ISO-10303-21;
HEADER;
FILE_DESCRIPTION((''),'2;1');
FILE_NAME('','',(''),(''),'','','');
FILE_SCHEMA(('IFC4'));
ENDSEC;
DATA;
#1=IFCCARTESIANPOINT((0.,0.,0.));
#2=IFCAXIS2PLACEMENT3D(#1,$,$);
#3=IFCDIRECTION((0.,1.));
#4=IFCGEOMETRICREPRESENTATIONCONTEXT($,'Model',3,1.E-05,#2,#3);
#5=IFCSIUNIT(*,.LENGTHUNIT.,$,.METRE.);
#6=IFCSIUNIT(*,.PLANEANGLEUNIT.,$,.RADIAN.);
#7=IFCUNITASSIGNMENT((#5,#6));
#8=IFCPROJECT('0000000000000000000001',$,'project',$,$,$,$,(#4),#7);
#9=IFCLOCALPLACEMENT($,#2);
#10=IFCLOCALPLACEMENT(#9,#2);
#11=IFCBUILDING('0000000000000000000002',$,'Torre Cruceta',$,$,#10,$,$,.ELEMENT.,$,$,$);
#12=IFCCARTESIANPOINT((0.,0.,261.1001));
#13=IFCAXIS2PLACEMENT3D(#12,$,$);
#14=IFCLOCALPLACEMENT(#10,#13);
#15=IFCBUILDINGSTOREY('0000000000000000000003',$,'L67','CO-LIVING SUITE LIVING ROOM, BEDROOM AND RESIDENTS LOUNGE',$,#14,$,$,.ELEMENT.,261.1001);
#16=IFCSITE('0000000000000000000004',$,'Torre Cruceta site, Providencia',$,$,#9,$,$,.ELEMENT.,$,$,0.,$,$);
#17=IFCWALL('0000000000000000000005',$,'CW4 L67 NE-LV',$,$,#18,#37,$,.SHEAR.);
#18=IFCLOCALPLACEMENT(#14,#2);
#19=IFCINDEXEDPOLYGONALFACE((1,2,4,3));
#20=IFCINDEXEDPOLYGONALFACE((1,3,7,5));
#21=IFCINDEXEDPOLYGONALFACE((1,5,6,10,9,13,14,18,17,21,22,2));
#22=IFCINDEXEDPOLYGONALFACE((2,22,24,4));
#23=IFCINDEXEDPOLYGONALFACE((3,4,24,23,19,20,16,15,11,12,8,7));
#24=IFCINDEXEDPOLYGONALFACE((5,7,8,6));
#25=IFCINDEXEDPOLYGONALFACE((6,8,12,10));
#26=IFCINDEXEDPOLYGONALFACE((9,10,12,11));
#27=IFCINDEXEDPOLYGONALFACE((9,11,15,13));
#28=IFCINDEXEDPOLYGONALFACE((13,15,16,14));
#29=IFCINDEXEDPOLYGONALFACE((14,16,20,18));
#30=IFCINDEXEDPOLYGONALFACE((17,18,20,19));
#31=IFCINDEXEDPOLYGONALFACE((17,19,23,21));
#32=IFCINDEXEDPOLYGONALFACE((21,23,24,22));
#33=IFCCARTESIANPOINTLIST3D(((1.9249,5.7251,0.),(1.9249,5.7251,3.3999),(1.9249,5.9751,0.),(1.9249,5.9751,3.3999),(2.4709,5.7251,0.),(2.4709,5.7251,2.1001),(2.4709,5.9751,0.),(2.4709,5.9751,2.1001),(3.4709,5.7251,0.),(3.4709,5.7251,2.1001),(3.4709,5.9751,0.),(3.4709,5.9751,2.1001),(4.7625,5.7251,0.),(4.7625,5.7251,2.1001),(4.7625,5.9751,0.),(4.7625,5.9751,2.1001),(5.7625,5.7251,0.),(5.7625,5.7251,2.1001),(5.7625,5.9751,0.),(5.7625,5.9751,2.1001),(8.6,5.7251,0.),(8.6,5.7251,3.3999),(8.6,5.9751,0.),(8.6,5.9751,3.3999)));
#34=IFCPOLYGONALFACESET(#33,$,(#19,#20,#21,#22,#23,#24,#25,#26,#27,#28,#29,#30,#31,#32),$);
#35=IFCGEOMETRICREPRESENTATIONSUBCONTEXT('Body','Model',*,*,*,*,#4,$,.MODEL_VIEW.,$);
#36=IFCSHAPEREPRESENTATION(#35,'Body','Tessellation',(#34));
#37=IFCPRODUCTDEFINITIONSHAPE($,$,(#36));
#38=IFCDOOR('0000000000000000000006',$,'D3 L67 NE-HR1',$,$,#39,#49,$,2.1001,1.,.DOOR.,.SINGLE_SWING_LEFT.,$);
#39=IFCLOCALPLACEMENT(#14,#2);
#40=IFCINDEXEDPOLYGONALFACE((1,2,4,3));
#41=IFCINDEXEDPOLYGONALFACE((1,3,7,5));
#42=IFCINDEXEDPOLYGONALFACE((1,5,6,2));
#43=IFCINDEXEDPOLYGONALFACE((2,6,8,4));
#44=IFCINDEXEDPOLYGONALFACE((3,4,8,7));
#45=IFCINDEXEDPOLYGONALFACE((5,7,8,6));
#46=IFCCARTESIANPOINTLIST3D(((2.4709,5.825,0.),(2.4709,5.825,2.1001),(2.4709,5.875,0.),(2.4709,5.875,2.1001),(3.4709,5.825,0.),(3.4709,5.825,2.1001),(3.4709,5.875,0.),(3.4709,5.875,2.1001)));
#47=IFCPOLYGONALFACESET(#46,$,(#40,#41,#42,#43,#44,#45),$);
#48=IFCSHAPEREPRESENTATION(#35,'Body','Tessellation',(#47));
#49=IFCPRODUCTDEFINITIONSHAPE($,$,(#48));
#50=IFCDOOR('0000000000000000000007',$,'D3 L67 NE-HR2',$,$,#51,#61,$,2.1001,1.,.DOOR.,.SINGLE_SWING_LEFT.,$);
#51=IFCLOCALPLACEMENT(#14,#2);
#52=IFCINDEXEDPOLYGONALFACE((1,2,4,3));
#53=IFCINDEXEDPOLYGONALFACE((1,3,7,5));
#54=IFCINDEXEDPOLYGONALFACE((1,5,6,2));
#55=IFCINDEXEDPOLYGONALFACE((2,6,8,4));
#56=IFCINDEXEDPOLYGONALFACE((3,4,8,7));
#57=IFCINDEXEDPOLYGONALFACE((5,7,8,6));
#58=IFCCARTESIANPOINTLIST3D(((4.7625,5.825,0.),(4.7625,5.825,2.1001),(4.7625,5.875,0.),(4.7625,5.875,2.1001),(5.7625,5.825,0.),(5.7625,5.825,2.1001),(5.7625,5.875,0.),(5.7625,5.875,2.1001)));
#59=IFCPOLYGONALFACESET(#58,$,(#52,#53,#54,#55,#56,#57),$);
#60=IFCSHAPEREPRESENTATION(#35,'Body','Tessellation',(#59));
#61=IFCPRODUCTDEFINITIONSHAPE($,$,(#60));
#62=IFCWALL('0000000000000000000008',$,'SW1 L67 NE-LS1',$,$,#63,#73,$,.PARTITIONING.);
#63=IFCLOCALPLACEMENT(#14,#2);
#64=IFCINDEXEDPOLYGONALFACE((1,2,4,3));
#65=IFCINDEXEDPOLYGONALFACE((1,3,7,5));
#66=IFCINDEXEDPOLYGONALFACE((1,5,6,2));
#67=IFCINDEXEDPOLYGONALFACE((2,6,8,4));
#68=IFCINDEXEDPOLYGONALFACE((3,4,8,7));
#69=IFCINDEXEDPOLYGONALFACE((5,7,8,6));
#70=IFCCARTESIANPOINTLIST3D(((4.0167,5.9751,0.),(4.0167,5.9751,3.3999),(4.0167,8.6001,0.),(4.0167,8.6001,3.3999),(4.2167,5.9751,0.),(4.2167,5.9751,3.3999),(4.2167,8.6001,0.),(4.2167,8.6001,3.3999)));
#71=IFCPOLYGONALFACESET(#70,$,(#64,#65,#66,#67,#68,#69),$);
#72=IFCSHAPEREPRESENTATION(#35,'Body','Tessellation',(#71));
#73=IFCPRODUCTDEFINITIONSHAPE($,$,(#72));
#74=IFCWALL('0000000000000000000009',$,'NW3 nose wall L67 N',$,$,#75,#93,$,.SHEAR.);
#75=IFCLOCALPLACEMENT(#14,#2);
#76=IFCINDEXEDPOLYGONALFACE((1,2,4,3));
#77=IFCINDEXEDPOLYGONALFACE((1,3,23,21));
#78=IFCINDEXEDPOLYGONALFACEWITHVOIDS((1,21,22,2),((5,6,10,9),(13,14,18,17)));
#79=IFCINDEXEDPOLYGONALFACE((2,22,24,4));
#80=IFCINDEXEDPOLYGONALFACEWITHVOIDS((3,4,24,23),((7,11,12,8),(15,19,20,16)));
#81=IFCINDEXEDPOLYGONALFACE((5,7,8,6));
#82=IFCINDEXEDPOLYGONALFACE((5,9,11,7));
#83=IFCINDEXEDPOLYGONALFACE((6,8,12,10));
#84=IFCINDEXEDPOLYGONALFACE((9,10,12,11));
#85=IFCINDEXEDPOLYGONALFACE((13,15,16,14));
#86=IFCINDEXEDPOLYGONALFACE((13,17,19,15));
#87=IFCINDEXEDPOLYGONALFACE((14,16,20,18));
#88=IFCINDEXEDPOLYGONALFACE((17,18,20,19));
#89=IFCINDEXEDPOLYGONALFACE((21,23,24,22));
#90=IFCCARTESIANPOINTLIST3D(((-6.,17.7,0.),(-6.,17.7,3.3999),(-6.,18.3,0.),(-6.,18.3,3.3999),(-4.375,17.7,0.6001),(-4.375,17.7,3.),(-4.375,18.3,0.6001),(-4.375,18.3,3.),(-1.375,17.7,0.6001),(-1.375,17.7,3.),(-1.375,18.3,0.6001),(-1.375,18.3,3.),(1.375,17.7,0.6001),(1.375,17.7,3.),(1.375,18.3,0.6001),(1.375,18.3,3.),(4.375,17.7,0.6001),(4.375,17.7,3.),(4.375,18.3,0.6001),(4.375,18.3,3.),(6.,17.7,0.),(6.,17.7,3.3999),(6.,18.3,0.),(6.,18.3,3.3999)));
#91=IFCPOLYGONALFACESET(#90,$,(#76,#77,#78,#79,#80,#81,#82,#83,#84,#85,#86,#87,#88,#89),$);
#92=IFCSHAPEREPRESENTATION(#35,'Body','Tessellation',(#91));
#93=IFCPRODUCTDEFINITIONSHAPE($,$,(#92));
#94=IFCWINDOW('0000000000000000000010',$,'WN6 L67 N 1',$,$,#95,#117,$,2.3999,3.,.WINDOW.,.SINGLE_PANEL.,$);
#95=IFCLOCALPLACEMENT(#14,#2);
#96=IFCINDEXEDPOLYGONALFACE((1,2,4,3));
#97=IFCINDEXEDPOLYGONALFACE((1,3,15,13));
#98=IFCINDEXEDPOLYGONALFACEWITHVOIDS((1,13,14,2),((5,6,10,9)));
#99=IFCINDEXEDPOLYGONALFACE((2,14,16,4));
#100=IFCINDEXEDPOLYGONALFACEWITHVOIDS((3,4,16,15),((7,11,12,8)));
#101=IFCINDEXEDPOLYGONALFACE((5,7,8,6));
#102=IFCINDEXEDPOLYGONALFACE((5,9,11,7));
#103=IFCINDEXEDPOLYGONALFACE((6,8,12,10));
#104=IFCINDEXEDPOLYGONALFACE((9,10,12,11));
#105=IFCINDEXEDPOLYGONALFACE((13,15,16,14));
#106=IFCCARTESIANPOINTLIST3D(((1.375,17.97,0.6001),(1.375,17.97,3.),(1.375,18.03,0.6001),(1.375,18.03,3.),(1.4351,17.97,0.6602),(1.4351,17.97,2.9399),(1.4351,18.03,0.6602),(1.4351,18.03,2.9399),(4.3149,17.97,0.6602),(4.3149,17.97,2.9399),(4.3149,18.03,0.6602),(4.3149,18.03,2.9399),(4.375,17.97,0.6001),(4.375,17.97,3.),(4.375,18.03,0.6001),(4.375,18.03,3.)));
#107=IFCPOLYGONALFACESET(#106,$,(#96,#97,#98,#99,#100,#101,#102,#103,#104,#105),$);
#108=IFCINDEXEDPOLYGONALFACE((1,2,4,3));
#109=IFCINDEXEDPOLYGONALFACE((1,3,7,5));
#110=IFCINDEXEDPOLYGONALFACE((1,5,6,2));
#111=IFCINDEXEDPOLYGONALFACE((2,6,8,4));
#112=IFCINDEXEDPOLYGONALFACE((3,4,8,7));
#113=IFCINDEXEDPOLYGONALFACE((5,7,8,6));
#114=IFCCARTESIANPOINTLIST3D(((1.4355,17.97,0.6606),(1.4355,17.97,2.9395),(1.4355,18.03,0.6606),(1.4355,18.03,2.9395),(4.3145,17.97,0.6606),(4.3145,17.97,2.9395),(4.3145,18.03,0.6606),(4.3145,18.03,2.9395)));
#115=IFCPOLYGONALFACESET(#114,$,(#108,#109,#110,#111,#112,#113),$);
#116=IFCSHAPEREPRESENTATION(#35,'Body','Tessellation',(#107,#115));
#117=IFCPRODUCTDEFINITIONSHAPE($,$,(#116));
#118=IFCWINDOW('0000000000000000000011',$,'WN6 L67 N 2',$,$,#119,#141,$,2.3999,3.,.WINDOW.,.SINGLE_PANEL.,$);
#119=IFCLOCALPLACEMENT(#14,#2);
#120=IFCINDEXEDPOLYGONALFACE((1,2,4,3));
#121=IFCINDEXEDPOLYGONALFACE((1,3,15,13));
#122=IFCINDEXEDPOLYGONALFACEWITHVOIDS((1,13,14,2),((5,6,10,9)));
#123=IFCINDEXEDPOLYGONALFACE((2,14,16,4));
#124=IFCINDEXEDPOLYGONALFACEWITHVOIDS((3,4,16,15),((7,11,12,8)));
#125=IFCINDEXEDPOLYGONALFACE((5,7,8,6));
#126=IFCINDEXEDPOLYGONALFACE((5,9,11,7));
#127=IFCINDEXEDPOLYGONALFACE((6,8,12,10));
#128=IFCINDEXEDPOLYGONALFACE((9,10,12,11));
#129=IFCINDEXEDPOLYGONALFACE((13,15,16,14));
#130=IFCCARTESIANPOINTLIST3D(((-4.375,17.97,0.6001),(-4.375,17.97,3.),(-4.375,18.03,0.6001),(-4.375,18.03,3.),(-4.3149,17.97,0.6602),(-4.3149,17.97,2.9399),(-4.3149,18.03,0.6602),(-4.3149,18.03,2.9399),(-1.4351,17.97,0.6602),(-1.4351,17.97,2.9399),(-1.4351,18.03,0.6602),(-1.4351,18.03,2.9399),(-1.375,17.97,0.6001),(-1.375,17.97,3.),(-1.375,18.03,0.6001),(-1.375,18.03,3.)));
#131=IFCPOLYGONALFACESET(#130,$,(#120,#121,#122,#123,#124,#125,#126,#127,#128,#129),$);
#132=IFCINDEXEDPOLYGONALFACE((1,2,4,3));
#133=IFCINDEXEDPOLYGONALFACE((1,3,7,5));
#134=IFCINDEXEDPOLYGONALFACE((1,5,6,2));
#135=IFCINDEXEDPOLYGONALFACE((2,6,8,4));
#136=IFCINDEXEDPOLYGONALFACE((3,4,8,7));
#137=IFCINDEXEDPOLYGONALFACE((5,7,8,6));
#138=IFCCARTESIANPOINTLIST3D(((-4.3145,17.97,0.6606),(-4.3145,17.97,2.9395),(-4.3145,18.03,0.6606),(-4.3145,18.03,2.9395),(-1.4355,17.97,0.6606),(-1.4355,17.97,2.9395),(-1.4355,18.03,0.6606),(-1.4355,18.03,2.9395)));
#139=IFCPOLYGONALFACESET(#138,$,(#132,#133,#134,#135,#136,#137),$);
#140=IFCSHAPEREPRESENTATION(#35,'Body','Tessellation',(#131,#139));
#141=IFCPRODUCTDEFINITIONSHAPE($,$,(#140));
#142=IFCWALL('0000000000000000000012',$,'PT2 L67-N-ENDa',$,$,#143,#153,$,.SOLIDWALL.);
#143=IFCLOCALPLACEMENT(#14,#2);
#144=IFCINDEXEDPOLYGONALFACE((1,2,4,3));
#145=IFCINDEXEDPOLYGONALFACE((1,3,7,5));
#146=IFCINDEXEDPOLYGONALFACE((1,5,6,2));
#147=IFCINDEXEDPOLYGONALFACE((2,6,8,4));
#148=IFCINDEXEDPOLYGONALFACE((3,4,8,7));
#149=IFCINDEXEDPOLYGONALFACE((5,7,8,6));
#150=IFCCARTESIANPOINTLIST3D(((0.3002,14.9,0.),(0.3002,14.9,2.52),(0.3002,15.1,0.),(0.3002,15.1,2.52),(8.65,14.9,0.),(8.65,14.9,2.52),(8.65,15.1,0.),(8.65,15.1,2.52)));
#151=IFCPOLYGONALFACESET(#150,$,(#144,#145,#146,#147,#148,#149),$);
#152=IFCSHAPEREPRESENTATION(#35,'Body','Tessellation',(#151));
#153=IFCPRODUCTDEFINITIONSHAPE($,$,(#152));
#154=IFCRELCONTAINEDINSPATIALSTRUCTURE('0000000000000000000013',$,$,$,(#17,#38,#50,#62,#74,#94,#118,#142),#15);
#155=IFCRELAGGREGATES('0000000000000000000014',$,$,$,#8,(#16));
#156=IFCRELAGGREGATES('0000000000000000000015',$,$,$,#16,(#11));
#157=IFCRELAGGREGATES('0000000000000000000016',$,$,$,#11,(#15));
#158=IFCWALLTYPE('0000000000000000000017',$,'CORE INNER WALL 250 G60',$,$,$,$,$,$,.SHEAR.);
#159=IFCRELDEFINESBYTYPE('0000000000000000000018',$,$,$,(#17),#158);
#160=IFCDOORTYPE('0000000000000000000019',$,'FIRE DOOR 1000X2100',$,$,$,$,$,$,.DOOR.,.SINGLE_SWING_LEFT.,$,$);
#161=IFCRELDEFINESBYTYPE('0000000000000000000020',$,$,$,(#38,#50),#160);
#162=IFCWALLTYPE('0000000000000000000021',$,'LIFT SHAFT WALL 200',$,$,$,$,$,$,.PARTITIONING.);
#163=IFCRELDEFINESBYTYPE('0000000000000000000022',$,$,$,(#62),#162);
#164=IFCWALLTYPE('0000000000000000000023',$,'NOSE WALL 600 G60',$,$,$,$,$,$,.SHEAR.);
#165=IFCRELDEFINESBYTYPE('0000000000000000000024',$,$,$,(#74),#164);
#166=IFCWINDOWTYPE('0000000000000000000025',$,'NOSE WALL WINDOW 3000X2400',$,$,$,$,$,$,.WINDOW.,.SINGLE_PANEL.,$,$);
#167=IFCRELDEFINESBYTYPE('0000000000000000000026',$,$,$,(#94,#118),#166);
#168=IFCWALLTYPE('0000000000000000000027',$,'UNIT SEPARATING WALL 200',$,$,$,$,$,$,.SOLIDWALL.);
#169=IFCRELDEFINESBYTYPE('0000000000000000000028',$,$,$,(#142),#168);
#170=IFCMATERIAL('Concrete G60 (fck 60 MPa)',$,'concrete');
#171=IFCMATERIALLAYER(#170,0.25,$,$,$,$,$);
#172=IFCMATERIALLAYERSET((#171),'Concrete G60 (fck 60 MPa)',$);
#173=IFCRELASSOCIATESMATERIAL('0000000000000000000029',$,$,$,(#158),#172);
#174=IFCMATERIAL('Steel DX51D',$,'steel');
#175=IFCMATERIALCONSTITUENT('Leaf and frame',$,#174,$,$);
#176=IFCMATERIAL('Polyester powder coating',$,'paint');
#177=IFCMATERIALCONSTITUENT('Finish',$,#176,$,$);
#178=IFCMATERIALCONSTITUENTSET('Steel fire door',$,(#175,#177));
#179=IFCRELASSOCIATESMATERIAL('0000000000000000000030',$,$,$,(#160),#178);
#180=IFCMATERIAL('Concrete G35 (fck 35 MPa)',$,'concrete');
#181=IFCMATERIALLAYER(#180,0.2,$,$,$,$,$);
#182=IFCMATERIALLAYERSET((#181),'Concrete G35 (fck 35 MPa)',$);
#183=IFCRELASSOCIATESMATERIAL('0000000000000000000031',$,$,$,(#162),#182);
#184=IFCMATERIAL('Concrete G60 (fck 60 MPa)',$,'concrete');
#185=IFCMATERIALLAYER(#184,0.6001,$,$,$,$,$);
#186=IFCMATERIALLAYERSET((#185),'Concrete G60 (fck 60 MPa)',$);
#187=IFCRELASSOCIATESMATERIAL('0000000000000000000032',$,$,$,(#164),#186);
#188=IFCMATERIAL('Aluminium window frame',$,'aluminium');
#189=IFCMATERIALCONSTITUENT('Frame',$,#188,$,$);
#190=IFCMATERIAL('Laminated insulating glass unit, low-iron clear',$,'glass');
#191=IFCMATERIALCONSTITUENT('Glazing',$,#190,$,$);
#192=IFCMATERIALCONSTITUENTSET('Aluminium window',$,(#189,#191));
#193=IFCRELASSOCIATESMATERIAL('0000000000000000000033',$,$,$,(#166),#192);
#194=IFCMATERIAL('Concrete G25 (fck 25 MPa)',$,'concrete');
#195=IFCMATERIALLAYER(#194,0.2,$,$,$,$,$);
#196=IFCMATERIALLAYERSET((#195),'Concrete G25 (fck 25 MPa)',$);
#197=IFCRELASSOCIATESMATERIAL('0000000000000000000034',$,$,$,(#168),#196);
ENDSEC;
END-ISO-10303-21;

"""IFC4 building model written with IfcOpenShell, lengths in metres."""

from ifc_helpers import new_model, si_unit, direction, frame, frame_2d, origin, place, context, subcontext, project, spatial, rectangle, hollow_rectangle, extrude, material, layer, layer_set, constituent, constituent_set, type_object, element, fill, save


model = new_model("IFC4")

# Units and contexts
model_context = context("Model", 3, precision=1e-05, world=origin(), true_north=direction((0.0, 1.0)))
body_context = subcontext(model_context, "Body", "Model", "MODEL_VIEW")
ifc_project = project(units=[si_unit("LENGTHUNIT", "METRE"), si_unit("PLANEANGLEUNIT", "RADIAN")], contexts=[model_context])

# Site, building, storey
site_placement = place(None, origin())
site = spatial("IfcSite", under=ifc_project, at=site_placement, Name="Torre Cruceta site, Providencia", CompositionType="ELEMENT", RefElevation=0.0)
building_placement = place(site_placement, origin())
building = spatial("IfcBuilding", under=site, at=building_placement, Name="Torre Cruceta", CompositionType="ELEMENT")
storey_placement = place(building_placement, frame((0.0, 0.0, 261.1001)))
storey = spatial("IfcBuildingStorey", under=building, at=storey_placement, Name="L67", Description="CO-LIVING SUITE LIVING ROOM, BEDROOM AND RESIDENTS LOUNGE", CompositionType="ELEMENT", Elevation=261.1001)

# Wall, openings, doors
ifc_material_1 = material(Name="Concrete G60 (fck 60 MPa)", Category="concrete")
ifc_layer_1 = layer(ifc_material_1, 0.25)
ifc_layer_set_1 = layer_set([ifc_layer_1], Name="Concrete G60 (fck 60 MPa)")
wall_type_1 = type_object("IfcWallType", Name="CORE INNER WALL 250 G60", PredefinedType="SHEAR", material=ifc_layer_set_1)
wall_1_placement = place(storey_placement, frame((1.925, 5.8501, 0.0), z_axis=(0.0, 0.0, 1.0), x_axis=(1.0, 0.0, 0.0)))
wall_1 = element("IfcWall", 1, at=wall_1_placement, inside=storey, type_object=wall_type_1, Name="CW4 L67 NE-LV", PredefinedType="SHEAR", context=body_context, shape_type="SweptSolid", body=[
    extrude(rectangle(XDim=6.675, YDim=0.25, at=frame_2d((3.3374, 0.0))), origin(), (0.0, 0.0, 1.0), 3.3999),
])
opening_1_placement = place(wall_1_placement, frame((0.5459, 0.0, 0.0)))
opening_1 = element("IfcOpeningElement", 2, at=opening_1_placement, cuts=wall_1, PredefinedType="OPENING", context=body_context, shape_type="SweptSolid", body=[
    extrude(rectangle(XDim=1.0, YDim=2.1001, at=frame_2d((0.5, 1.05))), frame((0.0, 0.135, 0.0), z_axis=(0.0, -1.0, 0.0), x_axis=(1.0, 0.0, 0.0)), (0.0, 0.0, 1.0), 0.27),
])
opening_2_placement = place(wall_1_placement, frame((2.8374, 0.0, 0.0)))
opening_2 = element("IfcOpeningElement", 3, at=opening_2_placement, cuts=wall_1, PredefinedType="OPENING", context=body_context, shape_type="SweptSolid", body=[
    extrude(rectangle(XDim=1.0, YDim=2.1001, at=frame_2d((0.5, 1.05))), frame((0.0, 0.135, 0.0), z_axis=(0.0, -1.0, 0.0), x_axis=(1.0, 0.0, 0.0)), (0.0, 0.0, 1.0), 0.27),
])
ifc_material_2 = material(Name="Steel DX51D", Category="steel")
ifc_constituent_1 = constituent(ifc_material_2, Name="Leaf and frame")
ifc_material_3 = material(Name="Polyester powder coating", Category="paint")
ifc_constituent_2 = constituent(ifc_material_3, Name="Finish")
ifc_constituent_set_1 = constituent_set(constituents=[ifc_constituent_1, ifc_constituent_2], Name="Steel fire door")
door_type_1 = type_object("IfcDoorType", Name="FIRE DOOR 1000X2100", OperationType="SINGLE_SWING_LEFT", PredefinedType="DOOR", material=ifc_constituent_set_1)
door_1_placement = place(opening_1_placement, origin())
door_1 = element("IfcDoor", 4, at=door_1_placement, inside=storey, type_object=door_type_1, Name="D3 L67 NE-HR1", OperationType="SINGLE_SWING_LEFT", OverallHeight=2.1001, OverallWidth=1.0, PredefinedType="DOOR", context=body_context, shape_type="SweptSolid", body=[
    extrude(rectangle(XDim=1.0, YDim=2.1001, at=frame_2d((0.5, 1.05))), frame((0.0, 0.0249, 0.0), z_axis=(0.0, -1.0, 0.0), x_axis=(1.0, 0.0, 0.0)), (0.0, 0.0, 1.0), 0.05),
])
fill(opening_1, door_1)
door_2_placement = place(opening_2_placement, origin())
door_2 = element("IfcDoor", 5, at=door_2_placement, inside=storey, type_object=door_type_1, Name="D3 L67 NE-HR2", OperationType="SINGLE_SWING_LEFT", OverallHeight=2.1001, OverallWidth=1.0, PredefinedType="DOOR", context=body_context, shape_type="SweptSolid", body=[
    extrude(rectangle(XDim=1.0, YDim=2.1001, at=frame_2d((0.5, 1.05))), frame((0.0, 0.0249, 0.0), z_axis=(0.0, -1.0, 0.0), x_axis=(1.0, 0.0, 0.0)), (0.0, 0.0, 1.0), 0.05),
])
fill(opening_2, door_2)

# Wall
ifc_material_4 = material(Name="Concrete G35 (fck 35 MPa)", Category="concrete")
ifc_layer_2 = layer(ifc_material_4, 0.2)
ifc_layer_set_2 = layer_set([ifc_layer_2], Name="Concrete G35 (fck 35 MPa)")
wall_type_2 = type_object("IfcWallType", Name="LIFT SHAFT WALL 200", PredefinedType="PARTITIONING", material=ifc_layer_set_2)
wall_2_placement = place(storey_placement, frame((4.1167, 5.9751, 0.0), z_axis=(0.0, 0.0, 1.0), x_axis=(0.0, 1.0, 0.0)))
element("IfcWall", 6, at=wall_2_placement, inside=storey, type_object=wall_type_2, Name="SW1 L67 NE-LS1", PredefinedType="PARTITIONING", context=body_context, shape_type="SweptSolid", body=[
    extrude(rectangle(XDim=2.625, YDim=0.2, at=frame_2d((1.3125, 0.0))), origin(), (0.0, 0.0, 1.0), 3.3999),
])

# Wall, openings, windows
ifc_material_5 = material(Name="Concrete G60 (fck 60 MPa)", Category="concrete")
ifc_layer_3 = layer(ifc_material_5, 0.6001)
ifc_layer_set_3 = layer_set([ifc_layer_3], Name="Concrete G60 (fck 60 MPa)")
wall_type_3 = type_object("IfcWallType", Name="NOSE WALL 600 G60", PredefinedType="SHEAR", material=ifc_layer_set_3)
wall_3_placement = place(storey_placement, frame((6.0, 18.0, 0.0), z_axis=(0.0, 0.0, 1.0), x_axis=(-1.0, 0.0, 0.0)))
wall_3 = element("IfcWall", 7, at=wall_3_placement, inside=storey, type_object=wall_type_3, Name="NW3 nose wall L67 N", PredefinedType="SHEAR", context=body_context, shape_type="SweptSolid", body=[
    extrude(rectangle(XDim=12.0, YDim=0.6001, at=frame_2d((6.0, 0.0))), origin(), (0.0, 0.0, 1.0), 3.3999),
])
opening_3_placement = place(wall_3_placement, frame((1.625, 0.0, 0.6001)))
opening_3 = element("IfcOpeningElement", 8, at=opening_3_placement, cuts=wall_3, PredefinedType="OPENING", context=body_context, shape_type="SweptSolid", body=[
    extrude(rectangle(XDim=3.0, YDim=2.3999, at=frame_2d((1.5, 1.2))), frame((0.0, 0.3101, 0.0), z_axis=(0.0, -1.0, 0.0), x_axis=(1.0, 0.0, 0.0)), (0.0, 0.0, 1.0), 0.6201),
])
opening_4_placement = place(wall_3_placement, frame((7.375, 0.0, 0.6001)))
opening_4 = element("IfcOpeningElement", 9, at=opening_4_placement, cuts=wall_3, PredefinedType="OPENING", context=body_context, shape_type="SweptSolid", body=[
    extrude(rectangle(XDim=3.0, YDim=2.3999, at=frame_2d((1.5, 1.2))), frame((0.0, 0.3101, 0.0), z_axis=(0.0, -1.0, 0.0), x_axis=(1.0, 0.0, 0.0)), (0.0, 0.0, 1.0), 0.6201),
])
ifc_material_6 = material(Name="Aluminium window frame", Category="aluminium")
ifc_constituent_3 = constituent(ifc_material_6, Name="Frame")
ifc_material_7 = material(Name="Laminated insulating glass unit, low-iron clear", Category="glass")
ifc_constituent_4 = constituent(ifc_material_7, Name="Glazing")
ifc_constituent_set_2 = constituent_set(constituents=[ifc_constituent_3, ifc_constituent_4], Name="Aluminium window")
window_type = type_object("IfcWindowType", Name="NOSE WALL WINDOW 3000X2400", PartitioningType="SINGLE_PANEL", PredefinedType="WINDOW", material=ifc_constituent_set_2)
window_1_placement = place(opening_3_placement, origin())
window_1 = element("IfcWindow", 10, at=window_1_placement, inside=storey, type_object=window_type, Name="WN6 L67 N 1", OverallHeight=2.3999, OverallWidth=3.0, PartitioningType="SINGLE_PANEL", PredefinedType="WINDOW", context=body_context, shape_type="SweptSolid", body=[
    extrude(hollow_rectangle(XDim=3.0, YDim=2.3999, WallThickness=0.0601, at=frame_2d((1.5, 1.2))), frame((0.0, 0.03, 0.0), z_axis=(0.0, -1.0, 0.0), x_axis=(1.0, 0.0, 0.0)), (0.0, 0.0, 1.0), 0.0601),
    extrude(rectangle(XDim=2.8789, YDim=2.2788, at=frame_2d((1.5, 1.2))), frame((0.0, 0.03, 0.0), z_axis=(0.0, -1.0, 0.0), x_axis=(1.0, 0.0, 0.0)), (0.0, 0.0, 1.0), 0.0601),
])
fill(opening_3, window_1)
window_2_placement = place(opening_4_placement, origin())
window_2 = element("IfcWindow", 11, at=window_2_placement, inside=storey, type_object=window_type, Name="WN6 L67 N 2", OverallHeight=2.3999, OverallWidth=3.0, PartitioningType="SINGLE_PANEL", PredefinedType="WINDOW", context=body_context, shape_type="SweptSolid", body=[
    extrude(hollow_rectangle(XDim=3.0, YDim=2.3999, WallThickness=0.0601, at=frame_2d((1.5, 1.2))), frame((0.0, 0.03, 0.0), z_axis=(0.0, -1.0, 0.0), x_axis=(1.0, 0.0, 0.0)), (0.0, 0.0, 1.0), 0.0601),
    extrude(rectangle(XDim=2.8789, YDim=2.2788, at=frame_2d((1.5, 1.2))), frame((0.0, 0.03, 0.0), z_axis=(0.0, -1.0, 0.0), x_axis=(1.0, 0.0, 0.0)), (0.0, 0.0, 1.0), 0.0601),
])
fill(opening_4, window_2)

# Wall
ifc_material_8 = material(Name="Concrete G25 (fck 25 MPa)", Category="concrete")
ifc_layer_4 = layer(ifc_material_8, 0.2)
ifc_layer_set_4 = layer_set([ifc_layer_4], Name="Concrete G25 (fck 25 MPa)")
wall_type_4 = type_object("IfcWallType", Name="UNIT SEPARATING WALL 200", PredefinedType="SOLIDWALL", material=ifc_layer_set_4)
wall_4_placement = place(storey_placement, frame((8.6499, 15.0, 0.0), z_axis=(0.0, 0.0, 1.0), x_axis=(-1.0, 0.0, 0.0)))
element("IfcWall", 12, at=wall_4_placement, inside=storey, type_object=wall_type_4, Name="PT2 L67-N-ENDa", PredefinedType="SOLIDWALL", context=body_context, shape_type="SweptSolid", body=[
    extrude(rectangle(XDim=8.3499, YDim=0.2, at=frame_2d((4.1748, 0.0))), origin(), (0.0, 0.0, 1.0), 2.52),
])

save(model, "model.ifc")
